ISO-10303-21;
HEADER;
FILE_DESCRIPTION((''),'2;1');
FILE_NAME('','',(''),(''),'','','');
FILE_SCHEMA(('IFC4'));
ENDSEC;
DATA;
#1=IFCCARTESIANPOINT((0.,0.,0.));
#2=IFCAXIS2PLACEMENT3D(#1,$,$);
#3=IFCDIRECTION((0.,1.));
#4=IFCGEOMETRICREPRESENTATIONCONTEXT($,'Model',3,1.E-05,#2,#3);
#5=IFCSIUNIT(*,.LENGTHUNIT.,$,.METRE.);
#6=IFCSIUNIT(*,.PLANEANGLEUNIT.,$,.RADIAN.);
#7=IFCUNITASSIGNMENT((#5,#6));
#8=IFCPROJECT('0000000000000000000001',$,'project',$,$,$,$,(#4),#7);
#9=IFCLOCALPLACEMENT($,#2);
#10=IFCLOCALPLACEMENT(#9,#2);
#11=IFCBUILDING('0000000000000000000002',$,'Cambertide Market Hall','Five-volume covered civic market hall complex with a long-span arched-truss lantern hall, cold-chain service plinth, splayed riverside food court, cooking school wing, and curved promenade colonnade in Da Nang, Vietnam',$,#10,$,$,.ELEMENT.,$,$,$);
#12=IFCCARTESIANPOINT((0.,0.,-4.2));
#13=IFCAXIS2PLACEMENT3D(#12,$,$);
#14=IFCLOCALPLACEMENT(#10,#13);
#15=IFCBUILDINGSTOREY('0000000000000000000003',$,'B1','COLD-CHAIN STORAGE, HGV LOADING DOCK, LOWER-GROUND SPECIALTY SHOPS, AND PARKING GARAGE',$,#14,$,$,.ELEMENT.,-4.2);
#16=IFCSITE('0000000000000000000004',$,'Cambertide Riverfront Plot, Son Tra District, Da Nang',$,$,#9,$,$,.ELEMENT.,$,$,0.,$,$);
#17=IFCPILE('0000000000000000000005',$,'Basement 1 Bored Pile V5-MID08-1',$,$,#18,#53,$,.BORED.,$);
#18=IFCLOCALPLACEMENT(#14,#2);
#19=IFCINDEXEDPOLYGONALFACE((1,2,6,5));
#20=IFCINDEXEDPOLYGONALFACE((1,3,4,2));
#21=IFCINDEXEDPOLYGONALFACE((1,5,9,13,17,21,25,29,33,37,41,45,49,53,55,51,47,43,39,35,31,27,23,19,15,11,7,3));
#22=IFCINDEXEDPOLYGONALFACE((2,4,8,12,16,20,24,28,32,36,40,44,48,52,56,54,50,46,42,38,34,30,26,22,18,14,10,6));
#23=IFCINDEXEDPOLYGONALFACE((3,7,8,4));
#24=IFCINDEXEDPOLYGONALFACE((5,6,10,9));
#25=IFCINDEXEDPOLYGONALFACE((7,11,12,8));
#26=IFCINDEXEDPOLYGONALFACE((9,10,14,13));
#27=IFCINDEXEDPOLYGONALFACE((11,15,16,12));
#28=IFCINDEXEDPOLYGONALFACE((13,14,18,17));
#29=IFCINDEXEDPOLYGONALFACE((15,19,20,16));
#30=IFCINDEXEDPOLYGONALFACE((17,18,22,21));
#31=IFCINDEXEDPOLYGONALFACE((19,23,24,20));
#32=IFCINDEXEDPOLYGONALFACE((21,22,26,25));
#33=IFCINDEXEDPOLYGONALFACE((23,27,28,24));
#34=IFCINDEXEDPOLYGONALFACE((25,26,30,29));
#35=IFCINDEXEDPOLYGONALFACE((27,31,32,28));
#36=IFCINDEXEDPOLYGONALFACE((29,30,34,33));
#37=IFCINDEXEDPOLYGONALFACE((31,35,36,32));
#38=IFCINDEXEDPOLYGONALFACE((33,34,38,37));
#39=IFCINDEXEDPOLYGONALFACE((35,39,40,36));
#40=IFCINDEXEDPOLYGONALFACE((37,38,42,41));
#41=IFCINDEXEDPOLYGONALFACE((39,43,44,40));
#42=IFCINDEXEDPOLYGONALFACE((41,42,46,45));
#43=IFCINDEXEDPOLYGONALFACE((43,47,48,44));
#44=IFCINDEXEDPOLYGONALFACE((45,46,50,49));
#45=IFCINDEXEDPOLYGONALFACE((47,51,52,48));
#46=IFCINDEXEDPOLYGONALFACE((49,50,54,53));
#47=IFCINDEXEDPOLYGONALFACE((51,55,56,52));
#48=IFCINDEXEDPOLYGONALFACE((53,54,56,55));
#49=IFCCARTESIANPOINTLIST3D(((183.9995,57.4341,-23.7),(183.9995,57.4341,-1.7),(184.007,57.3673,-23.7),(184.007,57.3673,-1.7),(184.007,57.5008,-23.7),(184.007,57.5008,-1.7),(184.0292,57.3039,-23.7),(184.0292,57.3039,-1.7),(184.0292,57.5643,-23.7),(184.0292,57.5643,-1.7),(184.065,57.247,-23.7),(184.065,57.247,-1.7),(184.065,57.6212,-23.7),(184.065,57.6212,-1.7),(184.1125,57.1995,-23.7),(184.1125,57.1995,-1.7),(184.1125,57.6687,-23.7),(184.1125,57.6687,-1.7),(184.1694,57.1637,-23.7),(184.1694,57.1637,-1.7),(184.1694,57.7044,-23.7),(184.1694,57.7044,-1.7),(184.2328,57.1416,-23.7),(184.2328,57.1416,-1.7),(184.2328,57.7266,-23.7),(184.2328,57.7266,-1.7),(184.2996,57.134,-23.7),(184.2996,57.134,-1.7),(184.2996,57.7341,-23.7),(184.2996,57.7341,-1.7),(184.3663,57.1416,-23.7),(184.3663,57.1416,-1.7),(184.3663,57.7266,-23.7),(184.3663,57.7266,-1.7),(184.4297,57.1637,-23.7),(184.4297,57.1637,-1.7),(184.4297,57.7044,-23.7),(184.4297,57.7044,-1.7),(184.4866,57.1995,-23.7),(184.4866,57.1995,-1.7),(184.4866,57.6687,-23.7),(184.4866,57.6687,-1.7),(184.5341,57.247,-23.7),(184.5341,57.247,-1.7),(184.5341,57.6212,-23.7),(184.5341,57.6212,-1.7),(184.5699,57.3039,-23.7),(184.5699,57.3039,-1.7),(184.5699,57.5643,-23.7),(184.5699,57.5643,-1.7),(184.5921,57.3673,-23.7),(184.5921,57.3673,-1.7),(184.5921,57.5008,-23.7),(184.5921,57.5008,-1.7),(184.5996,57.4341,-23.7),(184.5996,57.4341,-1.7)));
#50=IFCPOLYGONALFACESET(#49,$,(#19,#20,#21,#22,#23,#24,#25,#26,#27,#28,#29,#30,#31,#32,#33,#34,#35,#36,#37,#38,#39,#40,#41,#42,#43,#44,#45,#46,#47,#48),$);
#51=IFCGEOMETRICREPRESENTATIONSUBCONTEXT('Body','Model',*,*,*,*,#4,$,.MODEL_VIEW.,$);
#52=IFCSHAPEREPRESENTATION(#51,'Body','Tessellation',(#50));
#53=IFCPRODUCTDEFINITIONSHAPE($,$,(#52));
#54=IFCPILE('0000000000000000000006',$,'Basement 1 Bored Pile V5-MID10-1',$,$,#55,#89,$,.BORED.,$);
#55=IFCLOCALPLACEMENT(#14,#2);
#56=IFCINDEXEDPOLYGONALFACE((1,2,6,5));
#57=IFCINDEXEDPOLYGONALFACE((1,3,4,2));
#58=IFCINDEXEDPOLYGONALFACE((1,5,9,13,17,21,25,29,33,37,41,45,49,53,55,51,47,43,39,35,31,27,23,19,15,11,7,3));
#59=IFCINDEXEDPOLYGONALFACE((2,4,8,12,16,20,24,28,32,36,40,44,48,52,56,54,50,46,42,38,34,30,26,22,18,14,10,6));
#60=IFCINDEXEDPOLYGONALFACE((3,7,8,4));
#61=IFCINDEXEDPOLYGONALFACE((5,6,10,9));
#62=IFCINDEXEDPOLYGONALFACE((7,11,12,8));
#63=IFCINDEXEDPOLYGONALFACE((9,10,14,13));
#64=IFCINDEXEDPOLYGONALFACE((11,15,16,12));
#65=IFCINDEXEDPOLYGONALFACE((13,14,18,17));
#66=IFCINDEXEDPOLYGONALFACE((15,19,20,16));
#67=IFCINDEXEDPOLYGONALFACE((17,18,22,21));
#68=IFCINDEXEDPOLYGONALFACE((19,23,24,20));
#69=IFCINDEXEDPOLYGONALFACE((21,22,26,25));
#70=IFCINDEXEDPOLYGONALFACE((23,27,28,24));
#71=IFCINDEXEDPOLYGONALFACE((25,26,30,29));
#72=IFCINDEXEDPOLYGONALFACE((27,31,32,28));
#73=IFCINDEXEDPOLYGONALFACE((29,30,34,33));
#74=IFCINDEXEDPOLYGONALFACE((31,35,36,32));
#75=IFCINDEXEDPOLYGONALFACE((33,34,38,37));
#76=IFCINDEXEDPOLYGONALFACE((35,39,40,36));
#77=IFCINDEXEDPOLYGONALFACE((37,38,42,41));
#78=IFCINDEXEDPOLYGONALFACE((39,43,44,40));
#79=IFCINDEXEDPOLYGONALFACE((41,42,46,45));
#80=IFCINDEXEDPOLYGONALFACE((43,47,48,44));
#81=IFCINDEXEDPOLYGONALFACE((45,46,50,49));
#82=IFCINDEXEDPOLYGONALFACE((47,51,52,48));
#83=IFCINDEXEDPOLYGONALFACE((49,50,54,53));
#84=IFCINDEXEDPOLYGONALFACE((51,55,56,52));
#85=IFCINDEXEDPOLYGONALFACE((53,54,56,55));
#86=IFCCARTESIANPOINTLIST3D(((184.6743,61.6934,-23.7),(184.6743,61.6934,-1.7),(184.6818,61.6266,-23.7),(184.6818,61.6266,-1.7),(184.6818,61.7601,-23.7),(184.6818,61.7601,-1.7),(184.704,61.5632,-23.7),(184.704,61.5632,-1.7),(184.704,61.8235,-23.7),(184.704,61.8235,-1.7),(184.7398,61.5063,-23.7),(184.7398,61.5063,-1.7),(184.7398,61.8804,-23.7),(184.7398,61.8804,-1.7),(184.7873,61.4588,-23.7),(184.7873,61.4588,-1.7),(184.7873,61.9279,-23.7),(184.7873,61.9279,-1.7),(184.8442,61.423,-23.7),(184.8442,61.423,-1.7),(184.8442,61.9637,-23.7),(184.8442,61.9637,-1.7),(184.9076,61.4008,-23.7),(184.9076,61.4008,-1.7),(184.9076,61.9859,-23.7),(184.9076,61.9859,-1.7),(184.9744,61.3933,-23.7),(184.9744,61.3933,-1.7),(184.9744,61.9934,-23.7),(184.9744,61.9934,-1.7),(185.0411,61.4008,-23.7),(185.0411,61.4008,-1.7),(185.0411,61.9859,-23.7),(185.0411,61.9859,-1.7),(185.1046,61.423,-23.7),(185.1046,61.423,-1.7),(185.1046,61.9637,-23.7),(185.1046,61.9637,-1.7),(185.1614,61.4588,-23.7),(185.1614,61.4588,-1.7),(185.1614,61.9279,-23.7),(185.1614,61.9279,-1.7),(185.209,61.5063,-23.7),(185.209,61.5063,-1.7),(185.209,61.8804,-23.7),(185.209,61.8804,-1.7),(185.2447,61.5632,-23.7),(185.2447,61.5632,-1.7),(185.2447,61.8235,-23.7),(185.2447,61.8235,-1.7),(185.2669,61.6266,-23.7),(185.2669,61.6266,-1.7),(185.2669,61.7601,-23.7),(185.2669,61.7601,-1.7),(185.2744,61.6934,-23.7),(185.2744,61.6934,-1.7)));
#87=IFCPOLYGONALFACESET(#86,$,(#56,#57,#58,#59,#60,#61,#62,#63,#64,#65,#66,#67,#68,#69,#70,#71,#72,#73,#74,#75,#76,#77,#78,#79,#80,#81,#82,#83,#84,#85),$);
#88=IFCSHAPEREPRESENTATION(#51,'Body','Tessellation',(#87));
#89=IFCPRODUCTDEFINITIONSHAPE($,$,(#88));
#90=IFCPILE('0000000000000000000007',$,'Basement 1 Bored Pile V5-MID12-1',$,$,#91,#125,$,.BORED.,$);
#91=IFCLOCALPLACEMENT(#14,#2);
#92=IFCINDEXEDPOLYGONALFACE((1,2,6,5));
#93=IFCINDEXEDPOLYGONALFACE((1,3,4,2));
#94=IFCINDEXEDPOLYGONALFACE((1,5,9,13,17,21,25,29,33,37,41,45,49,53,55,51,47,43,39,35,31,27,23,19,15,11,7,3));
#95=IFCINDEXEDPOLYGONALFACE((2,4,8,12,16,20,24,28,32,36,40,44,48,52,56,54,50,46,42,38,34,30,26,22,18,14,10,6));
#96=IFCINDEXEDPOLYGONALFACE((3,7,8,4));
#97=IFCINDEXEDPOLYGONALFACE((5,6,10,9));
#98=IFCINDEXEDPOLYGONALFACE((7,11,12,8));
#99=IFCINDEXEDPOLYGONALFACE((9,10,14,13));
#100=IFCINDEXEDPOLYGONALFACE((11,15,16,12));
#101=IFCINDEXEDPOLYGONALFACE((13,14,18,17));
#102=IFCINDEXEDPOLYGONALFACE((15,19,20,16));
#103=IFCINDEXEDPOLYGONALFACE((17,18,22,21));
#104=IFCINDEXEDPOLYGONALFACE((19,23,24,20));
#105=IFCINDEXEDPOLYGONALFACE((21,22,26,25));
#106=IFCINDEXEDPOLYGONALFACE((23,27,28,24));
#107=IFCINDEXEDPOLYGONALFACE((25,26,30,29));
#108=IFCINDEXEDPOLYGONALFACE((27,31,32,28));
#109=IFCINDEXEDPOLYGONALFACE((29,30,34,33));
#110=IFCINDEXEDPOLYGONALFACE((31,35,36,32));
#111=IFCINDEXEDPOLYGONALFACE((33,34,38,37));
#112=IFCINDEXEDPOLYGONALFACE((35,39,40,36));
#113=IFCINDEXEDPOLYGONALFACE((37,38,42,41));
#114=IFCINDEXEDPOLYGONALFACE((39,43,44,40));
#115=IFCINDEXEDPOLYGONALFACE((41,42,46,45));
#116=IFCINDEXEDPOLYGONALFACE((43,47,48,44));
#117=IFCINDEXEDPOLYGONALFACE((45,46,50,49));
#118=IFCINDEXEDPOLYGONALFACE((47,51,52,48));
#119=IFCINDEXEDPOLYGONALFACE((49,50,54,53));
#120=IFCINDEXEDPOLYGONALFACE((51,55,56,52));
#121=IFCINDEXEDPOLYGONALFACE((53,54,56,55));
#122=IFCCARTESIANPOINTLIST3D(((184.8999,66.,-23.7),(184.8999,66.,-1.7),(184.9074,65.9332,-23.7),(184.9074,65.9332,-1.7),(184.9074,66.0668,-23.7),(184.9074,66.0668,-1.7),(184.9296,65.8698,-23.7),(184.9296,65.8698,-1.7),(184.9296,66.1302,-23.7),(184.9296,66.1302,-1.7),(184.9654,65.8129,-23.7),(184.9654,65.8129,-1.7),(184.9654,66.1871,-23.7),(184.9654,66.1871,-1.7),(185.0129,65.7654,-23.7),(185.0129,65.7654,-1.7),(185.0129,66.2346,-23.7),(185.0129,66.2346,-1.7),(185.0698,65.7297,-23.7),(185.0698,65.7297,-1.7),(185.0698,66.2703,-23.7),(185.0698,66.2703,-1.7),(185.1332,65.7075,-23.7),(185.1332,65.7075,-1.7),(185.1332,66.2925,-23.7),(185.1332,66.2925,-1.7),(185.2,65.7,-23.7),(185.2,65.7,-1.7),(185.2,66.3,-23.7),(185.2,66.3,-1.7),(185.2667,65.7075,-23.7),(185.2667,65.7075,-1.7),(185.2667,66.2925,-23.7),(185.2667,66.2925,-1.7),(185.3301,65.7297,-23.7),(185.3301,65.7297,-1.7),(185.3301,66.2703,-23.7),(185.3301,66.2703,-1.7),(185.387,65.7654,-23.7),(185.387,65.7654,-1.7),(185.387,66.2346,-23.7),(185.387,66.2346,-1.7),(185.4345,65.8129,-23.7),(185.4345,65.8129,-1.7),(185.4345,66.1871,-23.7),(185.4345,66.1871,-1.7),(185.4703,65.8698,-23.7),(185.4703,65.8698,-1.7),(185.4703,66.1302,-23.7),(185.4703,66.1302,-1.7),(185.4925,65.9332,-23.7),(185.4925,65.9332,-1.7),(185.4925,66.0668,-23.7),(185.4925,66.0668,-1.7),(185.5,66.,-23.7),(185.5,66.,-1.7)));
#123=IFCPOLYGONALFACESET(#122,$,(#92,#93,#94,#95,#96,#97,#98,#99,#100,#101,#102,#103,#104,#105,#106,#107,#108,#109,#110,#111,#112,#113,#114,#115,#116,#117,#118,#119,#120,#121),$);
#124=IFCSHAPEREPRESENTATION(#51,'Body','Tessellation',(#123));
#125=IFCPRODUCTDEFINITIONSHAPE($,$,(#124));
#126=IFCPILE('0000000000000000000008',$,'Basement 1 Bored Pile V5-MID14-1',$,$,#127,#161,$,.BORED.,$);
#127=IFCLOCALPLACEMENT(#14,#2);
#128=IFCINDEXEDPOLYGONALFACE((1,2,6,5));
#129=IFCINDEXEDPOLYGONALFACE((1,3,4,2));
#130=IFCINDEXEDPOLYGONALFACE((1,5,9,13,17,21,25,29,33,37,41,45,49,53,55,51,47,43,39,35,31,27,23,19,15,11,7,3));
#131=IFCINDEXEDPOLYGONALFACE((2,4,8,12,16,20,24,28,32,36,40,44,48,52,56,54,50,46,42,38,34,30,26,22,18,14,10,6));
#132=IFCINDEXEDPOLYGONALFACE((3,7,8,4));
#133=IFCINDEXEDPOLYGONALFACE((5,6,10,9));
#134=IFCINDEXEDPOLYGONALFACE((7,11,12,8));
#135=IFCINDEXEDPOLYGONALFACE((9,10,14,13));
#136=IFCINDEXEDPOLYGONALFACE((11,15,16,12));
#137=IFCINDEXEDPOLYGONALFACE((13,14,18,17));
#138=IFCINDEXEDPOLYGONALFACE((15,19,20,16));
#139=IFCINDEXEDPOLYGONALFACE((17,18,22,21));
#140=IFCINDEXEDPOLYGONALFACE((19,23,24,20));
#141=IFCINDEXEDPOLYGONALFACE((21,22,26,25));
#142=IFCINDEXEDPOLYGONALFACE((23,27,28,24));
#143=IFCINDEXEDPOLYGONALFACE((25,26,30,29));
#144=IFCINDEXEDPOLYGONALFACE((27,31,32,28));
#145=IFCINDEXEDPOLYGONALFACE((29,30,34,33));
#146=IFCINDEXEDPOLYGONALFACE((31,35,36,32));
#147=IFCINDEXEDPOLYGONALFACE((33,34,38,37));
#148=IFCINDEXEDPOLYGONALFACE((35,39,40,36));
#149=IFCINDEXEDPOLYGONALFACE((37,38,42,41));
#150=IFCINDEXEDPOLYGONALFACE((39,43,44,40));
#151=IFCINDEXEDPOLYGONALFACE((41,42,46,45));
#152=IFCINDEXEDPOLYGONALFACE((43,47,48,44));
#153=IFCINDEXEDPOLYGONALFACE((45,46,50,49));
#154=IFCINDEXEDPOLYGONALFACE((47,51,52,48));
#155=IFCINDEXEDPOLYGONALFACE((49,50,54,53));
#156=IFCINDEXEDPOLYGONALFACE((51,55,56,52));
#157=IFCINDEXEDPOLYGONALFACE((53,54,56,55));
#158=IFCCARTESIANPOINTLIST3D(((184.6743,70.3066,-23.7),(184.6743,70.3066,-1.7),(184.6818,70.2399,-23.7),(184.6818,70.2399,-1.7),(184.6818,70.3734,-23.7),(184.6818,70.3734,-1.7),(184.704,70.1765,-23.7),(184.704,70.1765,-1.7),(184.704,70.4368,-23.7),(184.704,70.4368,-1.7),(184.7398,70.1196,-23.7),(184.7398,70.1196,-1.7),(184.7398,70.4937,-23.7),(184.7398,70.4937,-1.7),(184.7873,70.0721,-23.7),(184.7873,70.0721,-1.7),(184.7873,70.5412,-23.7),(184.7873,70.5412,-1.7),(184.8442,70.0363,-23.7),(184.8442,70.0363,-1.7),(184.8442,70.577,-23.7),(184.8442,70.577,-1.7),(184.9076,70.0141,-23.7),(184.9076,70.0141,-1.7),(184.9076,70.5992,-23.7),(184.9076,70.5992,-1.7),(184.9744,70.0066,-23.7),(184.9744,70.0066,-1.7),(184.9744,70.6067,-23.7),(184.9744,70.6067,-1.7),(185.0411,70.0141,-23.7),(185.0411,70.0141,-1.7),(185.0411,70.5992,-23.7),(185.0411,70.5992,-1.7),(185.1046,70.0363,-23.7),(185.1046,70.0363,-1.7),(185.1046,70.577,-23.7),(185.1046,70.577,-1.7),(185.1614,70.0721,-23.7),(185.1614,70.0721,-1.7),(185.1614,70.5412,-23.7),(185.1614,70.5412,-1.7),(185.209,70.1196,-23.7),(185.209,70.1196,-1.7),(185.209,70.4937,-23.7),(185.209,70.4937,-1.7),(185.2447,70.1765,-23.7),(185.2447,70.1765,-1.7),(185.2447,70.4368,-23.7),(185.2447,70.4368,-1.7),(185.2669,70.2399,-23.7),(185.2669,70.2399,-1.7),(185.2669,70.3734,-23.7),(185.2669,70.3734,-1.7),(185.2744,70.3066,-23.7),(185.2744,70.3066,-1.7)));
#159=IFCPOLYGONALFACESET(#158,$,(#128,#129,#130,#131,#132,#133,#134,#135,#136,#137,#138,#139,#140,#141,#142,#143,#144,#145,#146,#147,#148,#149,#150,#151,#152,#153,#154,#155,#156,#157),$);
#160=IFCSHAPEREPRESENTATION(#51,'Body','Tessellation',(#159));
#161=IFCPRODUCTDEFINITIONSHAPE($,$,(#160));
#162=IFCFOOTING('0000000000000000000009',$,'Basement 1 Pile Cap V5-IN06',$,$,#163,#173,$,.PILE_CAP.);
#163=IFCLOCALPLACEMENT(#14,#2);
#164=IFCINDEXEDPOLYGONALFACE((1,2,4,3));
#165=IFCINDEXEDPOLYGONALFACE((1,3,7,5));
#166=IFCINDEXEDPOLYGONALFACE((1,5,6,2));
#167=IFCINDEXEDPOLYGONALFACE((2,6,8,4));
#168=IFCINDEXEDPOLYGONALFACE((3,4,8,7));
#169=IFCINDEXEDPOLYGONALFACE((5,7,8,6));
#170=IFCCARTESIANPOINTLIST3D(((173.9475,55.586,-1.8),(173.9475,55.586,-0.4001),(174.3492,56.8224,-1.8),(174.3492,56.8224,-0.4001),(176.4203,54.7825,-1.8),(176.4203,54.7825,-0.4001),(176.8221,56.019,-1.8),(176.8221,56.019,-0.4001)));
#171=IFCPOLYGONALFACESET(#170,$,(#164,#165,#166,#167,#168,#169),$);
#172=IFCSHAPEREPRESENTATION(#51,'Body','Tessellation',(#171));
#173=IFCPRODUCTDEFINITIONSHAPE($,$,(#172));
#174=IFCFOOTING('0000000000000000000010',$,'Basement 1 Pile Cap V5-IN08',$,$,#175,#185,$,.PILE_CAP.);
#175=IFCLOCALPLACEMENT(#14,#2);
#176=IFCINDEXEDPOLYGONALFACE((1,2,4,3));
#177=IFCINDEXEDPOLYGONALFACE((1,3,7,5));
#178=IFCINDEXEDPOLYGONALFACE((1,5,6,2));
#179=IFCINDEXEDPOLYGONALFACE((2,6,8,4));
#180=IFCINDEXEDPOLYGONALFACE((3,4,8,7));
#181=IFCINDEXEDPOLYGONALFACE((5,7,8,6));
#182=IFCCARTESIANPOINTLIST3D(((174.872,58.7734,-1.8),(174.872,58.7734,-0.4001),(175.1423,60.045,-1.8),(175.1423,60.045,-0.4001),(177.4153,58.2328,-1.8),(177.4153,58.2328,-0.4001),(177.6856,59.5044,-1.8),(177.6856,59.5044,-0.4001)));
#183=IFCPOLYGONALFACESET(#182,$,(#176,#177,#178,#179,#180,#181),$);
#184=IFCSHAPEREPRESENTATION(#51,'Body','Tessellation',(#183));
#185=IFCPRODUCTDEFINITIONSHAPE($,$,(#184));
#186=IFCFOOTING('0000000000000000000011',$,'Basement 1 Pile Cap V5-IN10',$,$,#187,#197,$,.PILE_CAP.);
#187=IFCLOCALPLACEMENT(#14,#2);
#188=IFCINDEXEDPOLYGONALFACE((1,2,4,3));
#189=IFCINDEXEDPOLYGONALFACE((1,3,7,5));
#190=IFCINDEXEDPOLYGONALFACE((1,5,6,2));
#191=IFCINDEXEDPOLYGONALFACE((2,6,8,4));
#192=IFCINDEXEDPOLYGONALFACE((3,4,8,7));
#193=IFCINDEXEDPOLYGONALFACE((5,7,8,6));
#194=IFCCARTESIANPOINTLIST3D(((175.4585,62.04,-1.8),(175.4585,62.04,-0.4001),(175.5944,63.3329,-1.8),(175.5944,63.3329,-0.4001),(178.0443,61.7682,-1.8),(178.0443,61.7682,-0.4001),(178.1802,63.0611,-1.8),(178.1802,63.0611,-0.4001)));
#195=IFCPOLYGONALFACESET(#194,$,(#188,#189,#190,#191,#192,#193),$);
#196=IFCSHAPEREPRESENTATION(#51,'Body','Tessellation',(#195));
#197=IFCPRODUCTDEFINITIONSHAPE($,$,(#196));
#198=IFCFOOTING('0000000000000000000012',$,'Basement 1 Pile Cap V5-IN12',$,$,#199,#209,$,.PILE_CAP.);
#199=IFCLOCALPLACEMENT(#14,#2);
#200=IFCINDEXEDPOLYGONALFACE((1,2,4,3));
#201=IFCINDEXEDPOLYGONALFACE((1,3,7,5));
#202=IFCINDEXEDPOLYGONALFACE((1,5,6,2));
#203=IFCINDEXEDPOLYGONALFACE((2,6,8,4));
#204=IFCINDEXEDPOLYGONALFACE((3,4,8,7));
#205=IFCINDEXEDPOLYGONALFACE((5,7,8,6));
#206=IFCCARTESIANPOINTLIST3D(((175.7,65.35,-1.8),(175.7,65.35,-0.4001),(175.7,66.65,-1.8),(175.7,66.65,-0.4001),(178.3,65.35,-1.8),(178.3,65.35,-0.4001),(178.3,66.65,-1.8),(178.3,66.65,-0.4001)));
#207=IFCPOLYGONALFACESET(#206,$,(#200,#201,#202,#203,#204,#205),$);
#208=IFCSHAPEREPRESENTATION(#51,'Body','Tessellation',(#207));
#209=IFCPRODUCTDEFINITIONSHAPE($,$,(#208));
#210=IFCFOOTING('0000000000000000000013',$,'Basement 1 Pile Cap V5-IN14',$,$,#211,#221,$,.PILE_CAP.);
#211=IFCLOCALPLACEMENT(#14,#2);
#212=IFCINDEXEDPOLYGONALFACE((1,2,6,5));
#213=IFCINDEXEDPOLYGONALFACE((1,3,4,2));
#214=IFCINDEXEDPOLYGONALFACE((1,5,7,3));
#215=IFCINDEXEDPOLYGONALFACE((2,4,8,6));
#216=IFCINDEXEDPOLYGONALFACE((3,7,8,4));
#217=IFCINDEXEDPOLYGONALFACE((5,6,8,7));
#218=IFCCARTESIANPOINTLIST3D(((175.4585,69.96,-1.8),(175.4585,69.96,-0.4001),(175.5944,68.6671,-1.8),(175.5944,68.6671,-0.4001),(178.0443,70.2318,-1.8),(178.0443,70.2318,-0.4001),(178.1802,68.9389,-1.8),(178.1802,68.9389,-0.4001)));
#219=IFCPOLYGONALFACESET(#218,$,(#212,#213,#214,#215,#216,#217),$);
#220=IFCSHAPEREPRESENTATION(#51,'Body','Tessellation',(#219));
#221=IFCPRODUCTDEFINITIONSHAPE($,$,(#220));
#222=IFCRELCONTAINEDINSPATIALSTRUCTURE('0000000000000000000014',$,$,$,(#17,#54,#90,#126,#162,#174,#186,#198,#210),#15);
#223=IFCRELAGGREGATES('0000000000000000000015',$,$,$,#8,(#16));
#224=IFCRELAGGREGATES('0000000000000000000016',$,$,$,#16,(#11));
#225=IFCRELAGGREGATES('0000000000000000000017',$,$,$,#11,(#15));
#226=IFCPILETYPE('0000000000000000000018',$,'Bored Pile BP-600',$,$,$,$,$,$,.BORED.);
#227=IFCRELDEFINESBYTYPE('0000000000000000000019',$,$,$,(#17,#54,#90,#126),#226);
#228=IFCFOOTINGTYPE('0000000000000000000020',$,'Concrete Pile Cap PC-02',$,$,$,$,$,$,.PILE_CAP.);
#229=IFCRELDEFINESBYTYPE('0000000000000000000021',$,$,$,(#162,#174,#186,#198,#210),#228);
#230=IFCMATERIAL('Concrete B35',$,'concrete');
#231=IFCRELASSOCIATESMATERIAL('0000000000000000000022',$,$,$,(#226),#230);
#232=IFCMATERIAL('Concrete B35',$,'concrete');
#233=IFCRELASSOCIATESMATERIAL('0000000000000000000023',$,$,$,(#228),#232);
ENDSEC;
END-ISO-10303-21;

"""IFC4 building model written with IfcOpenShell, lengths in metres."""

from ifc_helpers import new_model, si_unit, direction, frame, origin, origin_2d, place, context, subcontext, project, spatial, rectangle, circle, extrude, material, material_profile, profile_set, type_object, element, save


model = new_model("IFC4")

# Units and contexts
model_context = context("Model", 3, precision=1e-05, world=origin(), true_north=direction((0.0, 1.0)))
body_context = subcontext(model_context, "Body", "Model", "MODEL_VIEW")
ifc_project = project(units=[si_unit("LENGTHUNIT", "METRE"), si_unit("PLANEANGLEUNIT", "RADIAN")], contexts=[model_context])

# Site, building, storey
site_placement = place(None, origin())
site = spatial("IfcSite", under=ifc_project, at=site_placement, Name="Cambertide Riverfront Plot, Son Tra District, Da Nang", CompositionType="ELEMENT", RefElevation=0.0)
building_placement = place(site_placement, origin())
building = spatial("IfcBuilding", under=site, at=building_placement, Name="Cambertide Market Hall", Description="Five-volume covered civic market hall complex with a long-span arched-truss lantern hall, cold-chain service plinth, splayed riverside food court, cooking school wing, and curved promenade colonnade in Da Nang, Vietnam", CompositionType="ELEMENT")
storey_placement = place(building_placement, frame((0.0, 0.0, -4.2)))
storey = spatial("IfcBuildingStorey", under=building, at=storey_placement, Name="B1", Description="COLD-CHAIN STORAGE, HGV LOADING DOCK, LOWER-GROUND SPECIALTY SHOPS, AND PARKING GARAGE", CompositionType="ELEMENT", Elevation=-4.2)

# Piles
ifc_material_1 = material(Name="Concrete B35", Category="concrete")
ifc_material_profile_1 = material_profile(ifc_material_1, circle(Radius=0.3, at=origin_2d()), Name="BP D600")
ifc_profile_set_1 = profile_set([ifc_material_profile_1], Name="Concrete B35")
pile_type = type_object("IfcPileType", Name="Bored Pile BP-600", PredefinedType="BORED", material=ifc_profile_set_1)
for number, where, z_axis, x_axis, name in (
    (1, (184.2996, 57.4341, -1.7), (0.0, 0.0, -1.0), (1.0, 0.0, 0.0), "Basement 1 Bored Pile V5-MID08-1"),
    (2, (184.9744, 61.6934, -1.7), (0.0, 0.0, -1.0), (1.0, 0.0, 0.0), "Basement 1 Bored Pile V5-MID10-1"),
    (3, (185.2, 66.0, -1.7), (0.0, 0.0, -1.0), (1.0, 0.0, 0.0), "Basement 1 Bored Pile V5-MID12-1"),
    (4, (184.9744, 70.3066, -1.7), (0.0, 0.0, -1.0), (1.0, 0.0, 0.0), "Basement 1 Bored Pile V5-MID14-1"),
):
    element("IfcPile", number, at=place(storey_placement, frame(where, z_axis=z_axis, x_axis=x_axis)), inside=storey, type_object=pile_type, Name=name, PredefinedType="BORED", context=body_context, shape_type="SweptSolid", body=[
        extrude(circle(Radius=0.3, at=origin_2d()), origin(), (0.0, 0.0, 1.0), 22.0),
    ])

# Footings
ifc_material_2 = material(Name="Concrete B35", Category="concrete")
footing_type = type_object("IfcFootingType", Name="Concrete Pile Cap PC-02", PredefinedType="PILE_CAP", material=ifc_material_2)
for number, where, z_axis, x_axis, name in (
    (5, (175.3848, 55.8025, -1.8), (0.0, 0.0, 1.0), (0.951057, -0.309017, 0.0), "Basement 1 Pile Cap V5-IN06"),
    (6, (176.2788, 59.1389, -1.8), (0.0, 0.0, 1.0), (0.978148, -0.207912, 0.0), "Basement 1 Pile Cap V5-IN08"),
    (7, (176.8193, 62.5505, -1.8), (0.0, 0.0, 1.0), (0.994522, -0.104528, 0.0), "Basement 1 Pile Cap V5-IN10"),
    (8, (177.0, 66.0, -1.8), (0.0, 0.0, 1.0), (1.0, 0.0, 0.0), "Basement 1 Pile Cap V5-IN12"),
    (9, (176.8193, 69.4495, -1.8), (0.0, 0.0, 1.0), (0.994522, 0.104528, 0.0), "Basement 1 Pile Cap V5-IN14"),
):
    element("IfcFooting", number, at=place(storey_placement, frame(where, z_axis=z_axis, x_axis=x_axis)), inside=storey, type_object=footing_type, Name=name, PredefinedType="PILE_CAP", context=body_context, shape_type="SweptSolid", body=[
        extrude(rectangle(XDim=2.6001, YDim=1.3, at=origin_2d()), origin(), (0.0, 0.0, 1.0), 1.3999),
    ])

save(model, "model.ifc")
